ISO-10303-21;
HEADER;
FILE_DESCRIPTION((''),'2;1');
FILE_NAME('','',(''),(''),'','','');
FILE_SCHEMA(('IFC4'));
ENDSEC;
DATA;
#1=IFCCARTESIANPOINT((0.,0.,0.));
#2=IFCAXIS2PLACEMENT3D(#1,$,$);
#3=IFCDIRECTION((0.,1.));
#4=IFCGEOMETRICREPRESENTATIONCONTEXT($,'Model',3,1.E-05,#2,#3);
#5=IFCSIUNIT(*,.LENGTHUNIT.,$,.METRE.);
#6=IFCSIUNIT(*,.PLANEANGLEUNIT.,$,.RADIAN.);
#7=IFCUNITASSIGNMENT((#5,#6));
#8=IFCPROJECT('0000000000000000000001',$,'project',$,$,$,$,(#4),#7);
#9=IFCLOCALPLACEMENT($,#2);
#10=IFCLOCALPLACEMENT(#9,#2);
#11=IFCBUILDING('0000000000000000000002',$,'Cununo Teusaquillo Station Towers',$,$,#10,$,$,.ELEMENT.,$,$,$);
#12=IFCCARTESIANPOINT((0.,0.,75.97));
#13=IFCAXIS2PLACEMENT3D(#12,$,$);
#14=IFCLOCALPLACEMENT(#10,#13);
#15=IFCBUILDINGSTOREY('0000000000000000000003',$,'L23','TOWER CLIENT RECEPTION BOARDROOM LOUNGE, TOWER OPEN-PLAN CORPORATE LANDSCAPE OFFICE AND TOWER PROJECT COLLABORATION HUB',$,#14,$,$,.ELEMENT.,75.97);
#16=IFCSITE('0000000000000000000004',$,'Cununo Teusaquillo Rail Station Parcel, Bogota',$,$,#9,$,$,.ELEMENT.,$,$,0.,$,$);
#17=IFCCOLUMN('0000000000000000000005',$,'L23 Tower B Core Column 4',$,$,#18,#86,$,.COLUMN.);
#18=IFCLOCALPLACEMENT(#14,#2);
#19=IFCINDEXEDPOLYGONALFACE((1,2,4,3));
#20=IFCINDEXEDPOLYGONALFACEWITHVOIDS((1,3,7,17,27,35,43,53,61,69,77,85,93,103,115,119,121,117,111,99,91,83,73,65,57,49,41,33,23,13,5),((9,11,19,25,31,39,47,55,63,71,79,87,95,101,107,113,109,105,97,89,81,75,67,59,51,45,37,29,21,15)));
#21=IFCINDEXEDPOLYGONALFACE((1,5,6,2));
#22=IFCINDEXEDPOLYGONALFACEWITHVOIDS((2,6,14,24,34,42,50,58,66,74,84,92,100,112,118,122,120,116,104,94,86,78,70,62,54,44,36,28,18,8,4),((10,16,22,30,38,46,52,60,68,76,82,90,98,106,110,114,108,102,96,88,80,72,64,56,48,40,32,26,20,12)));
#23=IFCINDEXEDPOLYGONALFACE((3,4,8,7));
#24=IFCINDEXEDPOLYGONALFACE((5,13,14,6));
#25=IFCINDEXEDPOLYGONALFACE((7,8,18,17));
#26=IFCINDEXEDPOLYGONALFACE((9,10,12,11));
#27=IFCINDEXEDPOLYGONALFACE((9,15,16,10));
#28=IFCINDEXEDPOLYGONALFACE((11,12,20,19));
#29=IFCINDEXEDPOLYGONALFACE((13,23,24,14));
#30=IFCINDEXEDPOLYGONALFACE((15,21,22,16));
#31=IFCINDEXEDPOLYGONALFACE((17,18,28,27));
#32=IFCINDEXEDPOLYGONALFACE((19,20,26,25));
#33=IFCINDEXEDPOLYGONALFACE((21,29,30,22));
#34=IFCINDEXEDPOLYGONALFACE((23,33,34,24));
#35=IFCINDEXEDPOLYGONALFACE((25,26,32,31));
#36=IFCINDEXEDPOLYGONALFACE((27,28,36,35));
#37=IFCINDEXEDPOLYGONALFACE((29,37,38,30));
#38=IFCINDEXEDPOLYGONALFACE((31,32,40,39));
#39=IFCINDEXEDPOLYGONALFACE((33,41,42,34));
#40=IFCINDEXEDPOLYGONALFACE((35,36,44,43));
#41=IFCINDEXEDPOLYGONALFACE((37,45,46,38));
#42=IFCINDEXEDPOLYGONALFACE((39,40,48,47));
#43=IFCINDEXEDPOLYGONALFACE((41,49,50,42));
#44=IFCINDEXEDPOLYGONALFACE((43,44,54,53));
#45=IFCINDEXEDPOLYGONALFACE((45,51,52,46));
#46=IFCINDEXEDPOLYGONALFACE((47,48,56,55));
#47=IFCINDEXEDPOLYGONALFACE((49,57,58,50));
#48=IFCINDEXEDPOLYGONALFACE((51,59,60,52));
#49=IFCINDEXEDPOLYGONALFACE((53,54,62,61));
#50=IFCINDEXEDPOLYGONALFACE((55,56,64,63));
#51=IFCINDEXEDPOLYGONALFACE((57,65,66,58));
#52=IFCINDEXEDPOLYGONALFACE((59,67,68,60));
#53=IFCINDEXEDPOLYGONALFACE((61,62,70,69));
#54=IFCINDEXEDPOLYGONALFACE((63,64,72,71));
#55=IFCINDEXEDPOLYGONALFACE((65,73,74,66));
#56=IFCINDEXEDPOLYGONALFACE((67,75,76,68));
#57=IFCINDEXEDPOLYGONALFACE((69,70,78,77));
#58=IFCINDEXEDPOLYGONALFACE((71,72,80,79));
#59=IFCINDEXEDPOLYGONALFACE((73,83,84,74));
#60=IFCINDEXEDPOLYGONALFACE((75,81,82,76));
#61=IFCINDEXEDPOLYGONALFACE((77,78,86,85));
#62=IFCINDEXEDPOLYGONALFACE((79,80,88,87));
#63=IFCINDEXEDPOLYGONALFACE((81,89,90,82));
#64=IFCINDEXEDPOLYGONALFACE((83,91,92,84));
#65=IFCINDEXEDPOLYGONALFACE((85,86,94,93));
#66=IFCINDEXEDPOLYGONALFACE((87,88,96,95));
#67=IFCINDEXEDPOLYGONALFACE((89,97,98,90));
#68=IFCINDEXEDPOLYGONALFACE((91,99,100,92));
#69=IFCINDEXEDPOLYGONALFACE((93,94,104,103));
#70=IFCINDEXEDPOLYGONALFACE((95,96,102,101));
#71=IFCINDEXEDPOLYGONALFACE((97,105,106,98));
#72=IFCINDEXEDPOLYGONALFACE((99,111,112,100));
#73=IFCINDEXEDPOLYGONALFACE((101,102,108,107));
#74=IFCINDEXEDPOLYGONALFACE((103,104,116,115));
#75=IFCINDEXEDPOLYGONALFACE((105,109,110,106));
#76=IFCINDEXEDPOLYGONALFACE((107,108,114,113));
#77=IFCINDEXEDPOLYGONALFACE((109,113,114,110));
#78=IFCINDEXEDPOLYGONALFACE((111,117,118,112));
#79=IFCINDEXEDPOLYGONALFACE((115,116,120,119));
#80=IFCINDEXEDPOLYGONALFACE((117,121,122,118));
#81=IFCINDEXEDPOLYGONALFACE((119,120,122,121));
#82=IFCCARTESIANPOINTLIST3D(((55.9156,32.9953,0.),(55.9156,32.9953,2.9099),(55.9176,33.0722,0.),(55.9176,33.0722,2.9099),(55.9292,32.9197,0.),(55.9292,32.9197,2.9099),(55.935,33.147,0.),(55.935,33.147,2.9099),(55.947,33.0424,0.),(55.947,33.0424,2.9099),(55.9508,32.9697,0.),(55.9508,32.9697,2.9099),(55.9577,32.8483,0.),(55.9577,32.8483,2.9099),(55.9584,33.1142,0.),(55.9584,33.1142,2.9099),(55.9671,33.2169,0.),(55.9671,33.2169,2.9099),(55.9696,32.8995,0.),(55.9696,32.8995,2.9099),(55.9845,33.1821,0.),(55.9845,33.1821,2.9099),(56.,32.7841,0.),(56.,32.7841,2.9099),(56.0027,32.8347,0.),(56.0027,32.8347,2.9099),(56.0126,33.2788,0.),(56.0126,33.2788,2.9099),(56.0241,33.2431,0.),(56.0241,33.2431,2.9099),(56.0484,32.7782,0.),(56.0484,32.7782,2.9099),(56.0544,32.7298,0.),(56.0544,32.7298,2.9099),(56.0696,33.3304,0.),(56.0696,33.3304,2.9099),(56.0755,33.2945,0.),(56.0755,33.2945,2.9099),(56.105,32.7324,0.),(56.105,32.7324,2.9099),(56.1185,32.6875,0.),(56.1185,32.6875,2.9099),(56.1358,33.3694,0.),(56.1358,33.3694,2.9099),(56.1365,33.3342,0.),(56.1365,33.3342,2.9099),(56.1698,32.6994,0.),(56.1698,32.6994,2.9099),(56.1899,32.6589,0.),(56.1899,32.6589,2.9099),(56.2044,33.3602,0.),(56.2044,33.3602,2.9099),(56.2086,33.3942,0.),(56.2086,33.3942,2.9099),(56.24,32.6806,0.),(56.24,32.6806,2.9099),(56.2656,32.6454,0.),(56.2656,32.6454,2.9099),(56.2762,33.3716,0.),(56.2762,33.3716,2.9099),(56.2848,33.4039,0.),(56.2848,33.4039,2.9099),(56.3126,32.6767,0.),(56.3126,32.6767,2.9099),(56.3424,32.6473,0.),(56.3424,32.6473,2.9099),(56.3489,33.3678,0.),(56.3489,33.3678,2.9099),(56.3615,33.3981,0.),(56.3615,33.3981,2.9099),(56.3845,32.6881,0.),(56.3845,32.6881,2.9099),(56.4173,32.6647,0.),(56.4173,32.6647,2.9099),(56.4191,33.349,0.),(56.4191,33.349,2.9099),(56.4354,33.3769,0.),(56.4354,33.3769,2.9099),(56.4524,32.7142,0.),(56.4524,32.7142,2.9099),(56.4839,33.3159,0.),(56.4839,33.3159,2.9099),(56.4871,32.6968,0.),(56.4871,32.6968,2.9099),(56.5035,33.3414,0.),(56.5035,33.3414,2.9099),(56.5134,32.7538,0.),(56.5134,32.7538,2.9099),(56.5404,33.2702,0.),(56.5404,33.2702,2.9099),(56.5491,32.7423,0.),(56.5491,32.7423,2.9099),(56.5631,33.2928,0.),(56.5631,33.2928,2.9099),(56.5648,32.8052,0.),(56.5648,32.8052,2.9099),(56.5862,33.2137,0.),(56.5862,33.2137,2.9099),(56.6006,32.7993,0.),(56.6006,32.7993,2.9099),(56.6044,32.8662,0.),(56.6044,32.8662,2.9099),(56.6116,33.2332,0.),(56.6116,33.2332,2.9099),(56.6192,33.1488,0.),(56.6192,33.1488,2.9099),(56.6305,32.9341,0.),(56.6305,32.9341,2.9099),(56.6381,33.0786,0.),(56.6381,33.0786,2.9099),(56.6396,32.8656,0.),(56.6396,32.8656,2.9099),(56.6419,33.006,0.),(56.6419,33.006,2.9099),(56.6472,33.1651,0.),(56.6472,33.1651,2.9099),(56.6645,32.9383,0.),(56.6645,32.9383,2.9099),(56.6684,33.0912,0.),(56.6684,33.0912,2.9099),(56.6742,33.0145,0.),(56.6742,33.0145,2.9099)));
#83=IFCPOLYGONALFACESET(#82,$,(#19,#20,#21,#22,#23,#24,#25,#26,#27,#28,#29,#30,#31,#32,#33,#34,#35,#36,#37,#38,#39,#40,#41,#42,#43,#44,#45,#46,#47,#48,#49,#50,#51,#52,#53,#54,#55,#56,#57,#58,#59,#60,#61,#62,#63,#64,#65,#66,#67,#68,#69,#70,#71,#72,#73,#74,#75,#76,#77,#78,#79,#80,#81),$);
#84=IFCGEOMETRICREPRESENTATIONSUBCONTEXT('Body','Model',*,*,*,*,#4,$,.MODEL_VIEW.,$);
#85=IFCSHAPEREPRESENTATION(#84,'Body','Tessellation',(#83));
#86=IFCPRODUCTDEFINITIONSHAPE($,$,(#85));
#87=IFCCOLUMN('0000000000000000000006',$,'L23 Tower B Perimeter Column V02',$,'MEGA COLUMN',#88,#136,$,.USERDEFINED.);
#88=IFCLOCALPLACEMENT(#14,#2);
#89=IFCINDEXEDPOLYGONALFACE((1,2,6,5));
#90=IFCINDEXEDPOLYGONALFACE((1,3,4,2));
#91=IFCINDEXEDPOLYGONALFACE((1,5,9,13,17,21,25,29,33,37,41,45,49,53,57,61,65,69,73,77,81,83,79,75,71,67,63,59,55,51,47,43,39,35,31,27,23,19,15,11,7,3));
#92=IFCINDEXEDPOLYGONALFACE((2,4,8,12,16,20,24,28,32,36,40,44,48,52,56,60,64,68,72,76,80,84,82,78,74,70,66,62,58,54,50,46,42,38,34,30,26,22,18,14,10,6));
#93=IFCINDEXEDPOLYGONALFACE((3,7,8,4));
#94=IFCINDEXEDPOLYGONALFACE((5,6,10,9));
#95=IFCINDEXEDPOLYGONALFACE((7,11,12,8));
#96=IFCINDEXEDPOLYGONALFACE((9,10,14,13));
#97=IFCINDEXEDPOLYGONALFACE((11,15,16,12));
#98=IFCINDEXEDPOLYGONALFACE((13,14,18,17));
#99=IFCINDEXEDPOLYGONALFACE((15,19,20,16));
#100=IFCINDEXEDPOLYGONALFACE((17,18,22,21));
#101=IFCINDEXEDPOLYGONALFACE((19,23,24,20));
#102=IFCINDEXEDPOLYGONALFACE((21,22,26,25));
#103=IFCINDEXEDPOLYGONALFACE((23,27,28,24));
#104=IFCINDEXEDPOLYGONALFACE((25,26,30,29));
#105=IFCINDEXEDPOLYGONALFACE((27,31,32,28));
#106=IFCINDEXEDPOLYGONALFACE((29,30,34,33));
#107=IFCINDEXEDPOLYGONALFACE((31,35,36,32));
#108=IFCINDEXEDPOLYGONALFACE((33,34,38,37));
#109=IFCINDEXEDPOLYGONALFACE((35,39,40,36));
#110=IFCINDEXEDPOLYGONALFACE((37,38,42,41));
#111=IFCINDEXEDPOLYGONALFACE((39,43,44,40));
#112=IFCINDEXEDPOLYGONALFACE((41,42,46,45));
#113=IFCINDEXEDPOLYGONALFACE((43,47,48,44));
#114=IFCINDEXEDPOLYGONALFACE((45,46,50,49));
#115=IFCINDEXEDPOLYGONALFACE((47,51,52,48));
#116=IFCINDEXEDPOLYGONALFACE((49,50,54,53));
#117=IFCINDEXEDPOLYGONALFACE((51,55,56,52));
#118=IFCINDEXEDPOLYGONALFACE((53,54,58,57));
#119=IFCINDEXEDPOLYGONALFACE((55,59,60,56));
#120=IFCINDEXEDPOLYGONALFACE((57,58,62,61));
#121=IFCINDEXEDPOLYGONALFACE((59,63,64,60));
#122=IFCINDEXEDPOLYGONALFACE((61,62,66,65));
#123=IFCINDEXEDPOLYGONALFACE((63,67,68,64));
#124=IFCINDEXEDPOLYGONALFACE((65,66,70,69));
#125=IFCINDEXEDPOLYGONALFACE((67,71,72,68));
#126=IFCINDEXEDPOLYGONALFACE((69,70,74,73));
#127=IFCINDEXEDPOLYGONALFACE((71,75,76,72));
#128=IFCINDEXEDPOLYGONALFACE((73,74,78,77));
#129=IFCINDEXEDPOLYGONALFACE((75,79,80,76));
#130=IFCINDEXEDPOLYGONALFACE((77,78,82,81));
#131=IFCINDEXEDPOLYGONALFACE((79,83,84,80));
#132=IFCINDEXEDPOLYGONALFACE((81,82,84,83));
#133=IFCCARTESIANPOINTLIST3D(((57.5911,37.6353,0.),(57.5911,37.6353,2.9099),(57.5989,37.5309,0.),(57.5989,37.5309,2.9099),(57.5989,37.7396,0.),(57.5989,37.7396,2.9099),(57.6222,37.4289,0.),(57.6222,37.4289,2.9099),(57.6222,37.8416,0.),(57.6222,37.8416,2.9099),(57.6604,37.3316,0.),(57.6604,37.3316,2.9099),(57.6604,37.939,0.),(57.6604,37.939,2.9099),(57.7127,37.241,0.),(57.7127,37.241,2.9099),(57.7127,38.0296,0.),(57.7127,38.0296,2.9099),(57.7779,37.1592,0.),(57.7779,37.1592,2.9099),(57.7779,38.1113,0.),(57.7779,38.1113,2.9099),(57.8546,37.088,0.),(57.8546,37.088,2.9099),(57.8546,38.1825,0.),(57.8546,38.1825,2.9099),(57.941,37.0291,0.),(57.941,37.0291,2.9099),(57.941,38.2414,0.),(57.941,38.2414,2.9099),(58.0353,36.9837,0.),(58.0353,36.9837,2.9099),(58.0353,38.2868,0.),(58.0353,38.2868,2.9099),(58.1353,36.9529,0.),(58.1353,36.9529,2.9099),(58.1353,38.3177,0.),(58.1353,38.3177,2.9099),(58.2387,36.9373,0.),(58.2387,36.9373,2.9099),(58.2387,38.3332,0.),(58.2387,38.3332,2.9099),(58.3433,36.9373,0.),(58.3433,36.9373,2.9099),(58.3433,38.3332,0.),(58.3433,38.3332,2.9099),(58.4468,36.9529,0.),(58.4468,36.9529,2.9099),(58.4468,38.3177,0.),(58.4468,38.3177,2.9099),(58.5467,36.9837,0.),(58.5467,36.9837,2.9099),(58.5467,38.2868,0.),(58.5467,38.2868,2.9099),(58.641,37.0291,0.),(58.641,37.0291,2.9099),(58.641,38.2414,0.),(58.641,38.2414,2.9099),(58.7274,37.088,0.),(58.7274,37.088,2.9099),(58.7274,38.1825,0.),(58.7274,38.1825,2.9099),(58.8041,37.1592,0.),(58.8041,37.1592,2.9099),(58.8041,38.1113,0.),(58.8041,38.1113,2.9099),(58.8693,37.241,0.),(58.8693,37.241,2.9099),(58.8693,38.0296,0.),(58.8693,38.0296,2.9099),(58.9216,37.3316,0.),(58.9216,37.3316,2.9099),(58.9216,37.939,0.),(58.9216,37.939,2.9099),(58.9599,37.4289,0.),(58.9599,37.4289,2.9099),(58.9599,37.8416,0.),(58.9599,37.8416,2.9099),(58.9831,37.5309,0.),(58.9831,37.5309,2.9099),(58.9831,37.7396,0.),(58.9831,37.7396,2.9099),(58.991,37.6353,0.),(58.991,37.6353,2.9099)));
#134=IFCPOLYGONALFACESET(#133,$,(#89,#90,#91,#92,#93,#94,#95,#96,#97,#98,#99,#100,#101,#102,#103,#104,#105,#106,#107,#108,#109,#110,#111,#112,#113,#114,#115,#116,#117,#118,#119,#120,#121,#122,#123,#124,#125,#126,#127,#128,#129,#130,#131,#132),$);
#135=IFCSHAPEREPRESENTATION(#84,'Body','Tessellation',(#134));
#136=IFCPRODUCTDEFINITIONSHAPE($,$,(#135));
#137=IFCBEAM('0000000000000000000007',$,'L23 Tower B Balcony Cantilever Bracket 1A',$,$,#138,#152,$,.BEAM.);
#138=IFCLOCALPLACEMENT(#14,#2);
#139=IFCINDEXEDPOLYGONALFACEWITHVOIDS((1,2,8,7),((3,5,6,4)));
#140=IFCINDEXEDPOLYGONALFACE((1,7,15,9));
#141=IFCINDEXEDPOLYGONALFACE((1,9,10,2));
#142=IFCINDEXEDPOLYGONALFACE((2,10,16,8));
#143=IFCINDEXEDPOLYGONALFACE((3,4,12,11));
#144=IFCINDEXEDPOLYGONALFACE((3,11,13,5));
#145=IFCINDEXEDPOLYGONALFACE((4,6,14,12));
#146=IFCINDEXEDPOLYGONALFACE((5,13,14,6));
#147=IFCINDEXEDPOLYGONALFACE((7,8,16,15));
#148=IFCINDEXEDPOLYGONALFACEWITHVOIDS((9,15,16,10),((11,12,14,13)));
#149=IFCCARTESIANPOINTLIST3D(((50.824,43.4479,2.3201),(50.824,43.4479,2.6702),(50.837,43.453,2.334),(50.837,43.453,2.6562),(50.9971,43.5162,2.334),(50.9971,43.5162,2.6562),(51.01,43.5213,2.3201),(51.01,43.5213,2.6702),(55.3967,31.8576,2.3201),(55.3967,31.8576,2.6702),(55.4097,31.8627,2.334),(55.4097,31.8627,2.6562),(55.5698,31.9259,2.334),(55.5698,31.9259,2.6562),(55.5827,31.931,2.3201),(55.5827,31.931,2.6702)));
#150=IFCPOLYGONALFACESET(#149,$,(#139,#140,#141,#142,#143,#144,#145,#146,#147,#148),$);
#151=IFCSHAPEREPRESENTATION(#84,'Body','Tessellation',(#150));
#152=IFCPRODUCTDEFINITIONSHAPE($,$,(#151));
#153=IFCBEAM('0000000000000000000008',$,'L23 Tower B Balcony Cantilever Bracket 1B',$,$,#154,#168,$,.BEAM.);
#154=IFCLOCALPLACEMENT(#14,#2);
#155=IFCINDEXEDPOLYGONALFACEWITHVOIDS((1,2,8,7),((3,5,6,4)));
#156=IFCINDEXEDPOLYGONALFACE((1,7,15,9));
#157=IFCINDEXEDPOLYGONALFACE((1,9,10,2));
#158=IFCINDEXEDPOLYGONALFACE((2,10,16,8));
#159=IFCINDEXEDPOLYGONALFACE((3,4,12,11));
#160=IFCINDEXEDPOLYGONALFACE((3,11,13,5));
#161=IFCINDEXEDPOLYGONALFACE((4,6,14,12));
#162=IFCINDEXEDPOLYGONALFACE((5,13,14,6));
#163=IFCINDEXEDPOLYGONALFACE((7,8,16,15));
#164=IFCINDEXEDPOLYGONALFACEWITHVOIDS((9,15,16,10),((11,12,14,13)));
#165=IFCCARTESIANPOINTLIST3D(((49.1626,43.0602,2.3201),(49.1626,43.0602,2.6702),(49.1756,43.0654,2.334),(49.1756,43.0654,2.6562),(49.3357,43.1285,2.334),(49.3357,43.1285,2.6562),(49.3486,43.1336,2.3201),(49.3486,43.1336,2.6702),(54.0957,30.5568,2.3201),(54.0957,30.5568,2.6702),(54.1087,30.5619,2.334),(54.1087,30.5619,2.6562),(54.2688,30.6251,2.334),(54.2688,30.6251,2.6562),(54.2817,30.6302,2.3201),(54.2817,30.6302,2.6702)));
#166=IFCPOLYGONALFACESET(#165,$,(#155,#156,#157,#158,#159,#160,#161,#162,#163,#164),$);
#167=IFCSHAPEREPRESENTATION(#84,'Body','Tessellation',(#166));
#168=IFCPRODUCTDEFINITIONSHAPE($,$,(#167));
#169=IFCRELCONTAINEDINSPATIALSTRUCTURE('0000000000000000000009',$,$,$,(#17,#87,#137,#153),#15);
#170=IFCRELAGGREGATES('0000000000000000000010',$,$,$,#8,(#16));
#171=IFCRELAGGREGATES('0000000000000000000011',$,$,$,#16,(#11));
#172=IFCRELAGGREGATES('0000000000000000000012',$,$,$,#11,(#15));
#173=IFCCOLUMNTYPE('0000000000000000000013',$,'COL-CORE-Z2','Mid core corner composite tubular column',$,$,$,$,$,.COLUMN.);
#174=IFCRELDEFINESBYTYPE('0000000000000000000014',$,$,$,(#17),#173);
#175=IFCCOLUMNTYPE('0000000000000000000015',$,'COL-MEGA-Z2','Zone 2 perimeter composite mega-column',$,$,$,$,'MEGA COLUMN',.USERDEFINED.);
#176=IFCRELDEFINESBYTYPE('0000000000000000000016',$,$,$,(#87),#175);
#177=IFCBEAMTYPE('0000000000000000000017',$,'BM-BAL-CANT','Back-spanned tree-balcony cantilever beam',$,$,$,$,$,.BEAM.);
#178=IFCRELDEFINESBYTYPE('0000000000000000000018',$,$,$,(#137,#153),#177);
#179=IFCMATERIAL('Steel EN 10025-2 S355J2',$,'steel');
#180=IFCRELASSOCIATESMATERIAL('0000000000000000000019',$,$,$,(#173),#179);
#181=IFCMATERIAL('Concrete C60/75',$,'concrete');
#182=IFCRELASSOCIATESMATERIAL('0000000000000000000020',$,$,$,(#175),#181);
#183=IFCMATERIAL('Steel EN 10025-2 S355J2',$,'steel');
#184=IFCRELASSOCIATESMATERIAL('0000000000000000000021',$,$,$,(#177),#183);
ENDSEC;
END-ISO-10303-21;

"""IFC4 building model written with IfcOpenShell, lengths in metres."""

from ifc_helpers import new_model, si_unit, direction, frame, origin, origin_2d, place, context, subcontext, project, spatial, hollow_rectangle, circle, hollow_circle, extrude, material, material_profile, profile_set, type_object, element, save


model = new_model("IFC4")

# Units and contexts
model_context = context("Model", 3, precision=1e-05, world=origin(), true_north=direction((0.0, 1.0)))
body_context = subcontext(model_context, "Body", "Model", "MODEL_VIEW")
ifc_project = project(units=[si_unit("LENGTHUNIT", "METRE"), si_unit("PLANEANGLEUNIT", "RADIAN")], contexts=[model_context])

# Site, building, storey
site_placement = place(None, origin())
site = spatial("IfcSite", under=ifc_project, at=site_placement, Name="Cununo Teusaquillo Rail Station Parcel, Bogota", CompositionType="ELEMENT", RefElevation=0.0)
building_placement = place(site_placement, origin())
building = spatial("IfcBuilding", under=site, at=building_placement, Name="Cununo Teusaquillo Station Towers", CompositionType="ELEMENT")
storey_placement = place(building_placement, frame((0.0, 0.0, 75.97)))
storey = spatial("IfcBuildingStorey", under=building, at=storey_placement, Name="L23", Description="TOWER CLIENT RECEPTION BOARDROOM LOUNGE, TOWER OPEN-PLAN CORPORATE LANDSCAPE OFFICE AND TOWER PROJECT COLLABORATION HUB", CompositionType="ELEMENT", Elevation=75.97)

# Columns
ifc_material_1 = material(Name="Steel EN 10025-2 S355J2", Category="steel")
ifc_material_profile_1 = material_profile(ifc_material_1, hollow_circle(Radius=0.3799, WallThickness=0.032, at=origin_2d()), Name="CHS 760x32")
ifc_profile_set_1 = profile_set([ifc_material_profile_1], Name="Steel EN 10025-2 S355J2")
column_type_1 = type_object("IfcColumnType", Name="COL-CORE-Z2", Description="Mid core corner composite tubular column", PredefinedType="COLUMN", material=ifc_profile_set_1)
column_1_placement = place(storey_placement, frame((56.2944, 33.0242, 0.0), z_axis=(0.0, 0.0, 1.0), x_axis=(0.707107, 0.707107, 0.0)))
element("IfcColumn", 1, at=column_1_placement, inside=storey, type_object=column_type_1, Name="L23 Tower B Core Column 4", PredefinedType="COLUMN", context=body_context, shape_type="SweptSolid", body=[
    extrude(hollow_circle(Radius=0.3799, WallThickness=0.032, at=origin_2d()), origin(), (0.0, 0.0, 1.0), 2.9099),
])
ifc_material_2 = material(Name="Concrete C60/75", Category="concrete")
ifc_material_profile_2 = material_profile(ifc_material_2, circle(Radius=0.7, at=origin_2d()), Name="RC-CIRC-1400")
ifc_profile_set_2 = profile_set([ifc_material_profile_2], Name="Concrete C60/75")
column_type_2 = type_object("IfcColumnType", Name="COL-MEGA-Z2", Description="Zone 2 perimeter composite mega-column", ElementType="MEGA COLUMN", PredefinedType="USERDEFINED", material=ifc_profile_set_2)
column_2_placement = place(storey_placement, frame((58.291, 37.6353, 0.0), z_axis=(0.0, 0.0, 1.0), x_axis=(1.0, 0.0, 0.0)))
element("IfcColumn", 2, at=column_2_placement, inside=storey, type_object=column_type_2, Name="L23 Tower B Perimeter Column V02", ObjectType="MEGA COLUMN", PredefinedType="USERDEFINED", context=body_context, shape_type="SweptSolid", body=[
    extrude(circle(Radius=0.7, at=origin_2d()), origin(), (0.0, 0.0, 1.0), 2.9099),
])

# Beams
ifc_material_3 = material(Name="Steel EN 10025-2 S355J2", Category="steel")
ifc_material_profile_3 = material_profile(ifc_material_3, hollow_rectangle(XDim=0.2, YDim=0.3501, WallThickness=0.0139, at=origin_2d()), Name="RHS 350x200x14")
ifc_profile_set_3 = profile_set([ifc_material_profile_3], Name="Steel EN 10025-2 S355J2")
beam_type_1 = type_object("IfcBeamType", Name="BM-BAL-CANT", Description="Back-spanned tree-balcony cantilever beam", PredefinedType="BEAM", material=ifc_profile_set_3)
beam_1_placement = place(storey_placement, frame((55.4897, 31.8943, 2.4951), z_axis=(-0.367001, 0.93022, 0.0), x_axis=(-0.93022, -0.367001, 0.0)))
element("IfcBeam", 3, at=beam_1_placement, inside=storey, type_object=beam_type_1, Name="L23 Tower B Balcony Cantilever Bracket 1A", PredefinedType="BEAM", context=body_context, shape_type="SweptSolid", body=[
    extrude(hollow_rectangle(XDim=0.2, YDim=0.3501, WallThickness=0.0139, at=origin_2d()), origin(), (0.0, 0.0, 1.0), 12.4597),
])
beam_2_placement = place(storey_placement, frame((54.1887, 30.5935, 2.4951), z_axis=(-0.367009, 0.930218, 0.0), x_axis=(-0.930218, -0.367009, 0.0)))
element("IfcBeam", 4, at=beam_2_placement, inside=storey, type_object=beam_type_1, Name="L23 Tower B Balcony Cantilever Bracket 1B", PredefinedType="BEAM", context=body_context, shape_type="SweptSolid", body=[
    extrude(hollow_rectangle(XDim=0.2, YDim=0.3501, WallThickness=0.0139, at=origin_2d()), origin(), (0.0, 0.0, 1.0), 13.4414),
])

save(model, "model.ifc")
